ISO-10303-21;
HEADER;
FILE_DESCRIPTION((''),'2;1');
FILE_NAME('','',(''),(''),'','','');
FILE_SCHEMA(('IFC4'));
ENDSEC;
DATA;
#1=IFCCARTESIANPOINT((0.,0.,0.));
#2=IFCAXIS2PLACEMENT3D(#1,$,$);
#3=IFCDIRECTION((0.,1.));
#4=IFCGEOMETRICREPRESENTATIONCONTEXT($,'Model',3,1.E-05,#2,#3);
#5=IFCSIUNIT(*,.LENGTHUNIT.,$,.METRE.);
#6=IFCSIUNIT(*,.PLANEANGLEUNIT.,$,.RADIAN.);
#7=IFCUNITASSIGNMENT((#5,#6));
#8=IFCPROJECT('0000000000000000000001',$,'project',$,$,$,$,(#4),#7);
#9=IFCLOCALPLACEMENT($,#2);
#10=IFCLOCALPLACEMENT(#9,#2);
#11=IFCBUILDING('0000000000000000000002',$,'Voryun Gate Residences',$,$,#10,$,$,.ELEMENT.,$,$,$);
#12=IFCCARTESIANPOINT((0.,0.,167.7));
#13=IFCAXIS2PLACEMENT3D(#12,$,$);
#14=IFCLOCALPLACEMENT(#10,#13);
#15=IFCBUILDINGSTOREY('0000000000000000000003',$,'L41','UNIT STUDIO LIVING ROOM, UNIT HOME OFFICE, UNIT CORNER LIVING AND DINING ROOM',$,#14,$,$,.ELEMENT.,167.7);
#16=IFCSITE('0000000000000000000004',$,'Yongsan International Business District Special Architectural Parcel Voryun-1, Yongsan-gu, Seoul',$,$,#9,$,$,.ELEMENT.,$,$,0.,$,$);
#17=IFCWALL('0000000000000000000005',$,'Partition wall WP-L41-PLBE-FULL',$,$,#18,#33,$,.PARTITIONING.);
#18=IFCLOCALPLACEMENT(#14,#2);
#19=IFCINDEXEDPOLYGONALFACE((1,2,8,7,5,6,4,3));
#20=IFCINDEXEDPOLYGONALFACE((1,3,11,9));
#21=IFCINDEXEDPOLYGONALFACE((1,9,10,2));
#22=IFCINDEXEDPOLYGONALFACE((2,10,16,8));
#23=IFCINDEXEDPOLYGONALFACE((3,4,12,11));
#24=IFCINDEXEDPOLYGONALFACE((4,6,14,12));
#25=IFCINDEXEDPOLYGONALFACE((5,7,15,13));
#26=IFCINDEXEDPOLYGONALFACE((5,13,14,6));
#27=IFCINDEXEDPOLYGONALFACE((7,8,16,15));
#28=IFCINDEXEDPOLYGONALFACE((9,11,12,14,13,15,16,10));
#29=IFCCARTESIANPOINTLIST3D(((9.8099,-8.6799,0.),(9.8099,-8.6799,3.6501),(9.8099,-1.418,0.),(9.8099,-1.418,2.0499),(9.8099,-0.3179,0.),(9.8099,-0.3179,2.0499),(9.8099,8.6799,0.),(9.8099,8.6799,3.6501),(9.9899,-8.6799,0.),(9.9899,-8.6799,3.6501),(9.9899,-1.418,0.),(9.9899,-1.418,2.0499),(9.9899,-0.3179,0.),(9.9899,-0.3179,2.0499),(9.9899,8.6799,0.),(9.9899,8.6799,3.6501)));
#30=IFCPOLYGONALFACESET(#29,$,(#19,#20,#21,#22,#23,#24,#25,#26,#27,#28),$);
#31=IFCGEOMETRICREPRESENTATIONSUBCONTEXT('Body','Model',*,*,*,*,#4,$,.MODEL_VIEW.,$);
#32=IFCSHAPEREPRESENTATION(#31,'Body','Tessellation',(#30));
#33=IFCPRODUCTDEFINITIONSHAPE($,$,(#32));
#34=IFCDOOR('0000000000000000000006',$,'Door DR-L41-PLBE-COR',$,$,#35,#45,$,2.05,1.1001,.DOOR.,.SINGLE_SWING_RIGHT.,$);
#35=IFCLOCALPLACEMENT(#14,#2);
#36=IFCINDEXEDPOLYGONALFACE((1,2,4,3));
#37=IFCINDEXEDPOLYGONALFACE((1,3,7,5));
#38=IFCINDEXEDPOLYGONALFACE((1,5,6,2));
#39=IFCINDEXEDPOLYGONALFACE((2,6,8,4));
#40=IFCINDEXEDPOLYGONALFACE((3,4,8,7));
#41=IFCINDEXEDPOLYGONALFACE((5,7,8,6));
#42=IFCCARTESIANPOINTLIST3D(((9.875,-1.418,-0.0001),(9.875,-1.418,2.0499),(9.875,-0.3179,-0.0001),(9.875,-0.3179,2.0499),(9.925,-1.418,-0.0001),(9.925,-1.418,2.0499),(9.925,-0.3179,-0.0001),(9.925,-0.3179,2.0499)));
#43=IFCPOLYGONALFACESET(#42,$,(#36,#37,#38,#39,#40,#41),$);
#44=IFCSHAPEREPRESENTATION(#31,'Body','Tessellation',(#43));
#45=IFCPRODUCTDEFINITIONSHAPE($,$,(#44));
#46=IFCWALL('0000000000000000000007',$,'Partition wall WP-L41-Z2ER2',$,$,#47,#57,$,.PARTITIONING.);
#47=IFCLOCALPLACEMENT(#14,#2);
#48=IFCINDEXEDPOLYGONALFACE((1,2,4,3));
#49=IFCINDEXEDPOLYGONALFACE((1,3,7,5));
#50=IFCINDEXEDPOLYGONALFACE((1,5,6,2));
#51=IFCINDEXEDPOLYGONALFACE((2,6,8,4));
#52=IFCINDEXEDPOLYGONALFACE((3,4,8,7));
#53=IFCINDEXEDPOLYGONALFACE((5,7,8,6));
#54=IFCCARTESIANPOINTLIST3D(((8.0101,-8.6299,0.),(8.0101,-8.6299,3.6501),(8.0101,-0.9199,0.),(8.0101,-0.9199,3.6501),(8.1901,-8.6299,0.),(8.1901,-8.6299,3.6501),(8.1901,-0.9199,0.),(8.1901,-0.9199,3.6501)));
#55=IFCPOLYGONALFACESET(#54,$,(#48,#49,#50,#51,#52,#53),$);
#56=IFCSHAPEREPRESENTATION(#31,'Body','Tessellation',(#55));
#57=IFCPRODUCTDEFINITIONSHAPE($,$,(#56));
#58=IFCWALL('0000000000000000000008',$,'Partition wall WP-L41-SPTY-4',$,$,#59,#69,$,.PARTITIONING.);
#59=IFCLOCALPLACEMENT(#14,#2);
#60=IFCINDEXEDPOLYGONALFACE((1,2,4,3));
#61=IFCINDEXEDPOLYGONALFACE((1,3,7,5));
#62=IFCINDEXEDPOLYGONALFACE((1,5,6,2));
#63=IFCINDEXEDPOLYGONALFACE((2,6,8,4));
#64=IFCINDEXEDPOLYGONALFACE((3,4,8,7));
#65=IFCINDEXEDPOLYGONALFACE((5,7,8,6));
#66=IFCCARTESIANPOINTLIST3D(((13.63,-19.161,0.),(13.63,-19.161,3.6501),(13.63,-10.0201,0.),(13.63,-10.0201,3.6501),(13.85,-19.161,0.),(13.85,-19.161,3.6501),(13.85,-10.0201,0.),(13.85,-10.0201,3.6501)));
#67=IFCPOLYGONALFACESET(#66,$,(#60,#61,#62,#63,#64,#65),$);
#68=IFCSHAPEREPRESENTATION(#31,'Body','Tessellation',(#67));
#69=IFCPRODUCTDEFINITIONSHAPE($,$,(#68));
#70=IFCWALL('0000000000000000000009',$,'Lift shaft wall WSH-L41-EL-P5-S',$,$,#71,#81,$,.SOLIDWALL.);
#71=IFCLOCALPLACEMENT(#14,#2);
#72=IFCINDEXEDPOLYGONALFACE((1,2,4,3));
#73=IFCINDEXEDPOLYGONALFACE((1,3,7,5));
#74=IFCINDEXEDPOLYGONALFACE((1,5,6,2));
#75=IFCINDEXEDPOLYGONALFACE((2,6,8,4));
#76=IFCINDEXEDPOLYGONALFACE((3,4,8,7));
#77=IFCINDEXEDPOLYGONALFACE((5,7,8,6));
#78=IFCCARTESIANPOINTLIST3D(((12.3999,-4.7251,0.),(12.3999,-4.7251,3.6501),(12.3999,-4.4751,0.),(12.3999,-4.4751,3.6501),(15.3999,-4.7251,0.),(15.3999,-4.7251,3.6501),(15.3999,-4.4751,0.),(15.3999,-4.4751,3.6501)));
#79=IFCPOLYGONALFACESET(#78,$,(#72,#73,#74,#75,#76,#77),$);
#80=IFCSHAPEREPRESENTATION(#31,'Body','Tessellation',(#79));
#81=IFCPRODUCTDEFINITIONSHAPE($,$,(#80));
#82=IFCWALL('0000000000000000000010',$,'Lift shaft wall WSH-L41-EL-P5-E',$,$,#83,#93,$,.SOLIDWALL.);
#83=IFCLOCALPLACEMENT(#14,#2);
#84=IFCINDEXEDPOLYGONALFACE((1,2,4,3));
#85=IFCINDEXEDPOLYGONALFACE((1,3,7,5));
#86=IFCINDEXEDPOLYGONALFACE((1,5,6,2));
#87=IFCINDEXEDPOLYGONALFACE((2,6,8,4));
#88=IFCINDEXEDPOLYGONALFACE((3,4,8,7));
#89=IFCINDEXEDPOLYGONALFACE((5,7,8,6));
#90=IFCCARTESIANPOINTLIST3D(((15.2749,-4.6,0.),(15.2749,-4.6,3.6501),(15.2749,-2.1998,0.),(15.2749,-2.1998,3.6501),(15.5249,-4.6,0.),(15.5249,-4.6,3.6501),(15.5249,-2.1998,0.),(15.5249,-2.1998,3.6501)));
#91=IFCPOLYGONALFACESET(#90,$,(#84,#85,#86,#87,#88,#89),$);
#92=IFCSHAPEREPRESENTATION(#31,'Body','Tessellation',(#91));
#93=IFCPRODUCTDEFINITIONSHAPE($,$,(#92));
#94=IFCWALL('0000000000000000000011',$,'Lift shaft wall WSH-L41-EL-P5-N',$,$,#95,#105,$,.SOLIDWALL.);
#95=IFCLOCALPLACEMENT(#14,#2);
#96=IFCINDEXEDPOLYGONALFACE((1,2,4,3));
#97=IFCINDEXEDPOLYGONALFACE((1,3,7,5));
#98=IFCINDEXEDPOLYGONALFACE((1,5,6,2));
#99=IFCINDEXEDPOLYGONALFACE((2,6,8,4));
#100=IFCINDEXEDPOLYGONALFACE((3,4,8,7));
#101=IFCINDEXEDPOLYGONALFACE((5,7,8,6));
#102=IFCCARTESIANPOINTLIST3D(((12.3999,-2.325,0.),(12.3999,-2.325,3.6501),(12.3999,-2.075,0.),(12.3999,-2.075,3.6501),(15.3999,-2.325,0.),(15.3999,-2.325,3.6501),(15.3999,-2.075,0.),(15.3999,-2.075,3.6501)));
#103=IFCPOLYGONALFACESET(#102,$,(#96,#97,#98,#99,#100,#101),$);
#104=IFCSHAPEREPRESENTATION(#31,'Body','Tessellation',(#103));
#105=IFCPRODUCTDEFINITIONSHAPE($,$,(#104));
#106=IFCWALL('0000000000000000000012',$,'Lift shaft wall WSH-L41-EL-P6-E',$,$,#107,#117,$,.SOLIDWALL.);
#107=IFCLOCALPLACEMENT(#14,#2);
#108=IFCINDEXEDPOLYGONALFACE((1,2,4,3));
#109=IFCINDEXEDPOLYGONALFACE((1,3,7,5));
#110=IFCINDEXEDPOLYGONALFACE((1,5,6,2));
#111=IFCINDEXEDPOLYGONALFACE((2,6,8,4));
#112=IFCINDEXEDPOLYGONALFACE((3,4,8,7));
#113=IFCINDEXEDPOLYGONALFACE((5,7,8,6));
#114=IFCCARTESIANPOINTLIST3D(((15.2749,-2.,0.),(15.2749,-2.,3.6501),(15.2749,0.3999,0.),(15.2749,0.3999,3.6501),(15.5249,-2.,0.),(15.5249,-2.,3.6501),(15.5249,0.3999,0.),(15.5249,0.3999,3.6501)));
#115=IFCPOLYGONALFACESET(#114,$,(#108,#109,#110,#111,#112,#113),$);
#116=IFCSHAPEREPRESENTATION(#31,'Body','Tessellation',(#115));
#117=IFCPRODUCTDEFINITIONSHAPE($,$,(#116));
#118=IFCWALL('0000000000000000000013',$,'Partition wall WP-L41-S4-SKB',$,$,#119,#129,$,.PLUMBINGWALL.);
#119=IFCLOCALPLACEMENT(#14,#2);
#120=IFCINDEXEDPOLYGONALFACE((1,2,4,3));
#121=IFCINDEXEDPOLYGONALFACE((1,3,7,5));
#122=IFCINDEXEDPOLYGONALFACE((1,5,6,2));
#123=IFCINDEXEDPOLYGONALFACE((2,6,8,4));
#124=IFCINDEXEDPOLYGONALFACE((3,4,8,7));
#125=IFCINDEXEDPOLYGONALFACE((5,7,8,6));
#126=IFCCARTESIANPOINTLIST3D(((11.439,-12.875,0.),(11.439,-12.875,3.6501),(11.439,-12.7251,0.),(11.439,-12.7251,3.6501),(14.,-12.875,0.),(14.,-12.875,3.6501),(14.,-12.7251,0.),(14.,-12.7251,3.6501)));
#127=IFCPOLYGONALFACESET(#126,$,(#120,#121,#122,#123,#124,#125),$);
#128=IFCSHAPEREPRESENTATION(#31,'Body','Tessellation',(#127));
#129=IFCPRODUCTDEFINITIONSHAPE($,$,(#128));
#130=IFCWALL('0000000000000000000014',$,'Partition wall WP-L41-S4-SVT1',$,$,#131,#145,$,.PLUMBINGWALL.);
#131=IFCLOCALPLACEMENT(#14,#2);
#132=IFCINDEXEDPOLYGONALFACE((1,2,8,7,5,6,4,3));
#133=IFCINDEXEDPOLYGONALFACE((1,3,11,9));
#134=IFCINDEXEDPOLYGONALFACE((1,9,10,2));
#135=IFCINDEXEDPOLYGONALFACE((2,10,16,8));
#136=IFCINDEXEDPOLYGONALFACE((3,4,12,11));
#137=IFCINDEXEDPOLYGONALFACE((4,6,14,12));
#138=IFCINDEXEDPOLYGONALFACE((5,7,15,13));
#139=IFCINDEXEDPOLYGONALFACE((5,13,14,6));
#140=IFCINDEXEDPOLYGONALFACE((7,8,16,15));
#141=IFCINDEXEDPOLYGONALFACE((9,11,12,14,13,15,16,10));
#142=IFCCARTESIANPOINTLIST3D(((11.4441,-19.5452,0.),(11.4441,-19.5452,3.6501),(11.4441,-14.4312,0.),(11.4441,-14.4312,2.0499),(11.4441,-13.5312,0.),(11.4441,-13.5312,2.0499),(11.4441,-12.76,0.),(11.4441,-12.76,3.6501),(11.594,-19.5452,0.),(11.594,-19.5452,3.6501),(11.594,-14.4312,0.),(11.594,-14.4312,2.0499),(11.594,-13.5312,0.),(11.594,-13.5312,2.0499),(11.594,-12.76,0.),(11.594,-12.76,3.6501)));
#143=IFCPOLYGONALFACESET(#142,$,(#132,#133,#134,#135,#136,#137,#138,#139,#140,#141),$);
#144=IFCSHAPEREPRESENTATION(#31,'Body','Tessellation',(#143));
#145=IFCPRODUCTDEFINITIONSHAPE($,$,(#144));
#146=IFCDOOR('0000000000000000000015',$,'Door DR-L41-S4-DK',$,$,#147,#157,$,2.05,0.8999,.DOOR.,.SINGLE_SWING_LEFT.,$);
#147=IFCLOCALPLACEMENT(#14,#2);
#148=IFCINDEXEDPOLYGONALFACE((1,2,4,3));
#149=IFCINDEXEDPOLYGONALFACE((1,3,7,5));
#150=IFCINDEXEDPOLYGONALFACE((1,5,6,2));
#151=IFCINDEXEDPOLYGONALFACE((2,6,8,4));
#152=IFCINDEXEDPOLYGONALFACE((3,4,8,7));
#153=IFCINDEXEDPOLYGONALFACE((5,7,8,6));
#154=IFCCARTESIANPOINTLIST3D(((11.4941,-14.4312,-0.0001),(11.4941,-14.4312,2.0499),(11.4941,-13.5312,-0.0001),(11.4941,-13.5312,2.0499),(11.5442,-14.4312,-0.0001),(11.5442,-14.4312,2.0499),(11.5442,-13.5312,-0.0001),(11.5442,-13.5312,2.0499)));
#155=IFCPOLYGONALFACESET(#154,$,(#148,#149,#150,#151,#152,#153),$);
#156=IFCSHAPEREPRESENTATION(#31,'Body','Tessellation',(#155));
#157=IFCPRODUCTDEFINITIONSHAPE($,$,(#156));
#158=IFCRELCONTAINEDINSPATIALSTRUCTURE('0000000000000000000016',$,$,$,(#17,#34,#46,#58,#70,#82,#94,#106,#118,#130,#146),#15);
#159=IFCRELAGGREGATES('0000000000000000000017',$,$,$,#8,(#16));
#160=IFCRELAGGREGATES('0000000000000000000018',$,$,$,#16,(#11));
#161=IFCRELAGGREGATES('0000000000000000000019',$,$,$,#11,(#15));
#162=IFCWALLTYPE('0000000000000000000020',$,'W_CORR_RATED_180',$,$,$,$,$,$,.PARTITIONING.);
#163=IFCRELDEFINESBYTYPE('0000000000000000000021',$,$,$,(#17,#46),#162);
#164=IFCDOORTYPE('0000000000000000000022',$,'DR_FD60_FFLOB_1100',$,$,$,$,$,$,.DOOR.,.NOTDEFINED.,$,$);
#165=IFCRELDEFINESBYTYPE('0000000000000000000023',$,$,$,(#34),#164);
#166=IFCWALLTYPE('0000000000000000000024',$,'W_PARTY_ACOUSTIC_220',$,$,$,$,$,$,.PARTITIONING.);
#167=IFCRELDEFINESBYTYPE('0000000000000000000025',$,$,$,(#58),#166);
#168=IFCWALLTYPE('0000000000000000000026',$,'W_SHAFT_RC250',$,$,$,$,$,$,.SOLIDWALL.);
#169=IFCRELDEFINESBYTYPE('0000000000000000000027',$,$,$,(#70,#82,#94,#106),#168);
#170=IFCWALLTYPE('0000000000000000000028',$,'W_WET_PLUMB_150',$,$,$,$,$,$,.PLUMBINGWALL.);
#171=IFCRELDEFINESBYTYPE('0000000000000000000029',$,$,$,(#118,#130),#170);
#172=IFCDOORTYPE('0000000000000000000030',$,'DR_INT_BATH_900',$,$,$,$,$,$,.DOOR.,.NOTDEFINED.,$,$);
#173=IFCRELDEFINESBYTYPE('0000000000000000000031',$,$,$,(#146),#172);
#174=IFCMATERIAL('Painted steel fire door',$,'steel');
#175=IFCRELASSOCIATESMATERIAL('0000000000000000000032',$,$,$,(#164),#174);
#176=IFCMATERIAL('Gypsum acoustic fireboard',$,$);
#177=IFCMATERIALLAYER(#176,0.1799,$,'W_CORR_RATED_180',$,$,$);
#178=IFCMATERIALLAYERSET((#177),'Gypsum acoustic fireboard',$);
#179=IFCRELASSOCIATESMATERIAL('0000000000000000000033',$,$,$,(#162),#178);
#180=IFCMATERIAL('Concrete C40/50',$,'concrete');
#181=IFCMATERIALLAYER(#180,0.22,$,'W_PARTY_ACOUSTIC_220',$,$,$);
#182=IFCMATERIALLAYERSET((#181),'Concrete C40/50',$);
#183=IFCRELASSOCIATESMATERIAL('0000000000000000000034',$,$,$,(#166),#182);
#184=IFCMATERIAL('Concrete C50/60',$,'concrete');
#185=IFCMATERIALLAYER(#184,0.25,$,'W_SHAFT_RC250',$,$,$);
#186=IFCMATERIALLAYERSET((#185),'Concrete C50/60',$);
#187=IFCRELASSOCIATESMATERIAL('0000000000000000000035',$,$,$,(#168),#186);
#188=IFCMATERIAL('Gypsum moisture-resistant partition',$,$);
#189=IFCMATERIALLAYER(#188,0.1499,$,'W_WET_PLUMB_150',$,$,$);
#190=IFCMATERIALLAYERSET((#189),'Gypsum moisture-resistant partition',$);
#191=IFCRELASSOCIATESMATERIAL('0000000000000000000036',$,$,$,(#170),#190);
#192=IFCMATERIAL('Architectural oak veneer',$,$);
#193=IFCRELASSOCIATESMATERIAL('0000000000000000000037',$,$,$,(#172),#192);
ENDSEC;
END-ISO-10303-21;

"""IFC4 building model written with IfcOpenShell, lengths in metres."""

from ifc_helpers import new_model, si_unit, direction, frame, frame_2d, origin, place, context, subcontext, project, spatial, rectangle, extrude, material, layer, layer_set, type_object, element, fill, save


model = new_model("IFC4")

# Units and contexts
model_context = context("Model", 3, precision=1e-05, world=origin(), true_north=direction((0.0, 1.0)))
body_context = subcontext(model_context, "Body", "Model", "MODEL_VIEW")
ifc_project = project(units=[si_unit("LENGTHUNIT", "METRE"), si_unit("PLANEANGLEUNIT", "RADIAN")], contexts=[model_context])

# Site, building, storey
site_placement = place(None, origin())
site = spatial("IfcSite", under=ifc_project, at=site_placement, Name="Yongsan International Business District Special Architectural Parcel Voryun-1, Yongsan-gu, Seoul", CompositionType="ELEMENT", RefElevation=0.0)
building_placement = place(site_placement, origin())
building = spatial("IfcBuilding", under=site, at=building_placement, Name="Voryun Gate Residences", CompositionType="ELEMENT")
storey_placement = place(building_placement, frame((0.0, 0.0, 167.7)))
storey = spatial("IfcBuildingStorey", under=building, at=storey_placement, Name="L41", Description="UNIT STUDIO LIVING ROOM, UNIT HOME OFFICE, UNIT CORNER LIVING AND DINING ROOM", CompositionType="ELEMENT", Elevation=167.7)

# Shared definitions
ifc_material_1 = material(Name="Painted steel fire door", Category="steel")
door_type_1 = type_object("IfcDoorType", Name="DR_FD60_FFLOB_1100", OperationType="NOTDEFINED", PredefinedType="DOOR", material=ifc_material_1)

# Shared definitions
ifc_material_2 = material(Name="Gypsum acoustic fireboard")
ifc_layer_1 = layer(ifc_material_2, 0.1799, Name="W_CORR_RATED_180")
ifc_layer_set_1 = layer_set([ifc_layer_1], Name="Gypsum acoustic fireboard")
wall_type_1 = type_object("IfcWallType", Name="W_CORR_RATED_180", PredefinedType="PARTITIONING", material=ifc_layer_set_1)

# Wall, opening, door
wall_1_placement = place(storey_placement, frame((9.8999, -8.6799, 0.0), z_axis=(0.0, 0.0, 1.0), x_axis=(0.0, 1.0, 0.0)))
wall_1 = element("IfcWall", 1, at=wall_1_placement, inside=storey, type_object=wall_type_1, Name="Partition wall WP-L41-PLBE-FULL", PredefinedType="PARTITIONING", context=body_context, shape_type="SweptSolid", body=[
    extrude(rectangle(XDim=17.3599, YDim=0.1799, at=frame_2d((8.6799, 0.0))), origin(), (0.0, 0.0, 1.0), 3.6501),
])
opening_1_placement = place(wall_1_placement, frame((7.262, 0.0, 0.0)))
opening_1 = element("IfcOpeningElement", 2, at=opening_1_placement, cuts=wall_1, PredefinedType="OPENING", context=body_context, shape_type="SweptSolid", body=[
    extrude(rectangle(XDim=1.1001, YDim=2.05, at=frame_2d((0.55, 1.0249))), frame((0.0, 0.0999, 0.0), z_axis=(0.0, -1.0, 0.0), x_axis=(1.0, 0.0, 0.0)), (0.0, 0.0, 1.0), 0.2),
])
door_1_placement = place(opening_1_placement, origin())
door_1 = element("IfcDoor", 3, at=door_1_placement, inside=storey, type_object=door_type_1, Name="Door DR-L41-PLBE-COR", OperationType="SINGLE_SWING_RIGHT", OverallHeight=2.05, OverallWidth=1.1001, PredefinedType="DOOR", context=body_context, shape_type="SweptSolid", body=[
    extrude(rectangle(XDim=1.1001, YDim=2.05, at=frame_2d((0.55, 1.0249))), frame((0.0, 0.0249, 0.0), z_axis=(0.0, -1.0, 0.0), x_axis=(1.0, 0.0, 0.0)), (0.0, 0.0, 1.0), 0.05),
])
fill(opening_1, door_1)

# Walls
wall_2_placement = place(storey_placement, frame((8.1001, -8.6299, 0.0), z_axis=(0.0, 0.0, 1.0), x_axis=(0.0, 1.0, 0.0)))
element("IfcWall", 4, at=wall_2_placement, inside=storey, type_object=wall_type_1, Name="Partition wall WP-L41-Z2ER2", PredefinedType="PARTITIONING", context=body_context, shape_type="SweptSolid", body=[
    extrude(rectangle(XDim=7.71, YDim=0.1799, at=frame_2d((3.855, 0.0))), origin(), (0.0, 0.0, 1.0), 3.6501),
])
ifc_material_3 = material(Name="Concrete C40/50", Category="concrete")
ifc_layer_2 = layer(ifc_material_3, 0.22, Name="W_PARTY_ACOUSTIC_220")
ifc_layer_set_2 = layer_set([ifc_layer_2], Name="Concrete C40/50")
wall_type_2 = type_object("IfcWallType", Name="W_PARTY_ACOUSTIC_220", PredefinedType="PARTITIONING", material=ifc_layer_set_2)
wall_3_placement = place(storey_placement, frame((13.74, -19.1609, 0.0), z_axis=(0.0, 0.0, 1.0), x_axis=(0.0, 1.0, 0.0)))
element("IfcWall", 5, at=wall_3_placement, inside=storey, type_object=wall_type_2, Name="Partition wall WP-L41-SPTY-4", PredefinedType="PARTITIONING", context=body_context, shape_type="SweptSolid", body=[
    extrude(rectangle(XDim=9.1409, YDim=0.22, at=frame_2d((4.5703, 0.0))), origin(), (0.0, 0.0, 1.0), 3.6501),
])
ifc_material_4 = material(Name="Concrete C50/60", Category="concrete")
ifc_layer_3 = layer(ifc_material_4, 0.25, Name="W_SHAFT_RC250")
ifc_layer_set_3 = layer_set([ifc_layer_3], Name="Concrete C50/60")
wall_type_3 = type_object("IfcWallType", Name="W_SHAFT_RC250", PredefinedType="SOLIDWALL", material=ifc_layer_set_3)
wall_4_placement = place(storey_placement, frame((12.3999, -4.6001, 0.0), z_axis=(0.0, 0.0, 1.0), x_axis=(1.0, 0.0, 0.0)))
element("IfcWall", 6, at=wall_4_placement, inside=storey, type_object=wall_type_3, Name="Lift shaft wall WSH-L41-EL-P5-S", PredefinedType="SOLIDWALL", context=body_context, shape_type="SweptSolid", body=[
    extrude(rectangle(XDim=3.0, YDim=0.25, at=frame_2d((1.5, 0.0))), origin(), (0.0, 0.0, 1.0), 3.6501),
])
wall_5_placement = place(storey_placement, frame((15.3999, -4.6001, 0.0), z_axis=(0.0, 0.0, 1.0), x_axis=(0.0, 1.0, 0.0)))
element("IfcWall", 7, at=wall_5_placement, inside=storey, type_object=wall_type_3, Name="Lift shaft wall WSH-L41-EL-P5-E", PredefinedType="SOLIDWALL", context=body_context, shape_type="SweptSolid", body=[
    extrude(rectangle(XDim=2.4001, YDim=0.25, at=frame_2d((1.2002, 0.0))), origin(), (0.0, 0.0, 1.0), 3.6501),
])
wall_6_placement = place(storey_placement, frame((15.3999, -2.2, 0.0), z_axis=(0.0, 0.0, 1.0), x_axis=(-1.0, 0.0, 0.0)))
element("IfcWall", 8, at=wall_6_placement, inside=storey, type_object=wall_type_3, Name="Lift shaft wall WSH-L41-EL-P5-N", PredefinedType="SOLIDWALL", context=body_context, shape_type="SweptSolid", body=[
    extrude(rectangle(XDim=3.0, YDim=0.25, at=frame_2d((1.5, 0.0))), origin(), (0.0, 0.0, 1.0), 3.6501),
])
wall_7_placement = place(storey_placement, frame((15.3999, -2.0, 0.0), z_axis=(0.0, 0.0, 1.0), x_axis=(0.0, 1.0, 0.0)))
element("IfcWall", 9, at=wall_7_placement, inside=storey, type_object=wall_type_3, Name="Lift shaft wall WSH-L41-EL-P6-E", PredefinedType="SOLIDWALL", context=body_context, shape_type="SweptSolid", body=[
    extrude(rectangle(XDim=2.3999, YDim=0.25, at=frame_2d((1.2, 0.0))), origin(), (0.0, 0.0, 1.0), 3.6501),
])
ifc_material_5 = material(Name="Gypsum moisture-resistant partition")
ifc_layer_4 = layer(ifc_material_5, 0.1499, Name="W_WET_PLUMB_150")
ifc_layer_set_4 = layer_set([ifc_layer_4], Name="Gypsum moisture-resistant partition")
wall_type_4 = type_object("IfcWallType", Name="W_WET_PLUMB_150", PredefinedType="PLUMBINGWALL", material=ifc_layer_set_4)
wall_8_placement = place(storey_placement, frame((11.439, -12.8, 0.0), z_axis=(0.0, 0.0, 1.0), x_axis=(1.0, 0.0, 0.0)))
element("IfcWall", 10, at=wall_8_placement, inside=storey, type_object=wall_type_4, Name="Partition wall WP-L41-S4-SKB", PredefinedType="PLUMBINGWALL", context=body_context, shape_type="SweptSolid", body=[
    extrude(rectangle(XDim=2.561, YDim=0.1499, at=frame_2d((1.2805, 0.0))), origin(), (0.0, 0.0, 1.0), 3.6501),
])

# Wall, opening, door
wall_9_placement = place(storey_placement, frame((11.519, -19.5452, 0.0), z_axis=(0.0, 0.0, 1.0), x_axis=(0.0, 1.0, 0.0)))
wall_9 = element("IfcWall", 11, at=wall_9_placement, inside=storey, type_object=wall_type_4, Name="Partition wall WP-L41-S4-SVT1", PredefinedType="PLUMBINGWALL", context=body_context, shape_type="SweptSolid", body=[
    extrude(rectangle(XDim=6.7852, YDim=0.1499, at=frame_2d((3.3926, 0.0))), origin(), (0.0, 0.0, 1.0), 3.6501),
])
opening_2_placement = place(wall_9_placement, frame((5.114, 0.0, 0.0)))
opening_2 = element("IfcOpeningElement", 12, at=opening_2_placement, cuts=wall_9, PredefinedType="OPENING", context=body_context, shape_type="SweptSolid", body=[
    extrude(rectangle(XDim=0.8999, YDim=2.05, at=frame_2d((0.45, 1.0249))), frame((0.0, 0.085, 0.0), z_axis=(0.0, -1.0, 0.0), x_axis=(1.0, 0.0, 0.0)), (0.0, 0.0, 1.0), 0.1699),
])
ifc_material_6 = material(Name="Architectural oak veneer")
door_type_2 = type_object("IfcDoorType", Name="DR_INT_BATH_900", OperationType="NOTDEFINED", PredefinedType="DOOR", material=ifc_material_6)
door_2_placement = place(opening_2_placement, origin())
door_2 = element("IfcDoor", 13, at=door_2_placement, inside=storey, type_object=door_type_2, Name="Door DR-L41-S4-DK", OperationType="SINGLE_SWING_LEFT", OverallHeight=2.05, OverallWidth=0.8999, PredefinedType="DOOR", context=body_context, shape_type="SweptSolid", body=[
    extrude(rectangle(XDim=0.8999, YDim=2.05, at=frame_2d((0.45, 1.0249))), frame((0.0, 0.0249, 0.0), z_axis=(0.0, -1.0, 0.0), x_axis=(1.0, 0.0, 0.0)), (0.0, 0.0, 1.0), 0.05),
])
fill(opening_2, door_2)

save(model, "model.ifc")
